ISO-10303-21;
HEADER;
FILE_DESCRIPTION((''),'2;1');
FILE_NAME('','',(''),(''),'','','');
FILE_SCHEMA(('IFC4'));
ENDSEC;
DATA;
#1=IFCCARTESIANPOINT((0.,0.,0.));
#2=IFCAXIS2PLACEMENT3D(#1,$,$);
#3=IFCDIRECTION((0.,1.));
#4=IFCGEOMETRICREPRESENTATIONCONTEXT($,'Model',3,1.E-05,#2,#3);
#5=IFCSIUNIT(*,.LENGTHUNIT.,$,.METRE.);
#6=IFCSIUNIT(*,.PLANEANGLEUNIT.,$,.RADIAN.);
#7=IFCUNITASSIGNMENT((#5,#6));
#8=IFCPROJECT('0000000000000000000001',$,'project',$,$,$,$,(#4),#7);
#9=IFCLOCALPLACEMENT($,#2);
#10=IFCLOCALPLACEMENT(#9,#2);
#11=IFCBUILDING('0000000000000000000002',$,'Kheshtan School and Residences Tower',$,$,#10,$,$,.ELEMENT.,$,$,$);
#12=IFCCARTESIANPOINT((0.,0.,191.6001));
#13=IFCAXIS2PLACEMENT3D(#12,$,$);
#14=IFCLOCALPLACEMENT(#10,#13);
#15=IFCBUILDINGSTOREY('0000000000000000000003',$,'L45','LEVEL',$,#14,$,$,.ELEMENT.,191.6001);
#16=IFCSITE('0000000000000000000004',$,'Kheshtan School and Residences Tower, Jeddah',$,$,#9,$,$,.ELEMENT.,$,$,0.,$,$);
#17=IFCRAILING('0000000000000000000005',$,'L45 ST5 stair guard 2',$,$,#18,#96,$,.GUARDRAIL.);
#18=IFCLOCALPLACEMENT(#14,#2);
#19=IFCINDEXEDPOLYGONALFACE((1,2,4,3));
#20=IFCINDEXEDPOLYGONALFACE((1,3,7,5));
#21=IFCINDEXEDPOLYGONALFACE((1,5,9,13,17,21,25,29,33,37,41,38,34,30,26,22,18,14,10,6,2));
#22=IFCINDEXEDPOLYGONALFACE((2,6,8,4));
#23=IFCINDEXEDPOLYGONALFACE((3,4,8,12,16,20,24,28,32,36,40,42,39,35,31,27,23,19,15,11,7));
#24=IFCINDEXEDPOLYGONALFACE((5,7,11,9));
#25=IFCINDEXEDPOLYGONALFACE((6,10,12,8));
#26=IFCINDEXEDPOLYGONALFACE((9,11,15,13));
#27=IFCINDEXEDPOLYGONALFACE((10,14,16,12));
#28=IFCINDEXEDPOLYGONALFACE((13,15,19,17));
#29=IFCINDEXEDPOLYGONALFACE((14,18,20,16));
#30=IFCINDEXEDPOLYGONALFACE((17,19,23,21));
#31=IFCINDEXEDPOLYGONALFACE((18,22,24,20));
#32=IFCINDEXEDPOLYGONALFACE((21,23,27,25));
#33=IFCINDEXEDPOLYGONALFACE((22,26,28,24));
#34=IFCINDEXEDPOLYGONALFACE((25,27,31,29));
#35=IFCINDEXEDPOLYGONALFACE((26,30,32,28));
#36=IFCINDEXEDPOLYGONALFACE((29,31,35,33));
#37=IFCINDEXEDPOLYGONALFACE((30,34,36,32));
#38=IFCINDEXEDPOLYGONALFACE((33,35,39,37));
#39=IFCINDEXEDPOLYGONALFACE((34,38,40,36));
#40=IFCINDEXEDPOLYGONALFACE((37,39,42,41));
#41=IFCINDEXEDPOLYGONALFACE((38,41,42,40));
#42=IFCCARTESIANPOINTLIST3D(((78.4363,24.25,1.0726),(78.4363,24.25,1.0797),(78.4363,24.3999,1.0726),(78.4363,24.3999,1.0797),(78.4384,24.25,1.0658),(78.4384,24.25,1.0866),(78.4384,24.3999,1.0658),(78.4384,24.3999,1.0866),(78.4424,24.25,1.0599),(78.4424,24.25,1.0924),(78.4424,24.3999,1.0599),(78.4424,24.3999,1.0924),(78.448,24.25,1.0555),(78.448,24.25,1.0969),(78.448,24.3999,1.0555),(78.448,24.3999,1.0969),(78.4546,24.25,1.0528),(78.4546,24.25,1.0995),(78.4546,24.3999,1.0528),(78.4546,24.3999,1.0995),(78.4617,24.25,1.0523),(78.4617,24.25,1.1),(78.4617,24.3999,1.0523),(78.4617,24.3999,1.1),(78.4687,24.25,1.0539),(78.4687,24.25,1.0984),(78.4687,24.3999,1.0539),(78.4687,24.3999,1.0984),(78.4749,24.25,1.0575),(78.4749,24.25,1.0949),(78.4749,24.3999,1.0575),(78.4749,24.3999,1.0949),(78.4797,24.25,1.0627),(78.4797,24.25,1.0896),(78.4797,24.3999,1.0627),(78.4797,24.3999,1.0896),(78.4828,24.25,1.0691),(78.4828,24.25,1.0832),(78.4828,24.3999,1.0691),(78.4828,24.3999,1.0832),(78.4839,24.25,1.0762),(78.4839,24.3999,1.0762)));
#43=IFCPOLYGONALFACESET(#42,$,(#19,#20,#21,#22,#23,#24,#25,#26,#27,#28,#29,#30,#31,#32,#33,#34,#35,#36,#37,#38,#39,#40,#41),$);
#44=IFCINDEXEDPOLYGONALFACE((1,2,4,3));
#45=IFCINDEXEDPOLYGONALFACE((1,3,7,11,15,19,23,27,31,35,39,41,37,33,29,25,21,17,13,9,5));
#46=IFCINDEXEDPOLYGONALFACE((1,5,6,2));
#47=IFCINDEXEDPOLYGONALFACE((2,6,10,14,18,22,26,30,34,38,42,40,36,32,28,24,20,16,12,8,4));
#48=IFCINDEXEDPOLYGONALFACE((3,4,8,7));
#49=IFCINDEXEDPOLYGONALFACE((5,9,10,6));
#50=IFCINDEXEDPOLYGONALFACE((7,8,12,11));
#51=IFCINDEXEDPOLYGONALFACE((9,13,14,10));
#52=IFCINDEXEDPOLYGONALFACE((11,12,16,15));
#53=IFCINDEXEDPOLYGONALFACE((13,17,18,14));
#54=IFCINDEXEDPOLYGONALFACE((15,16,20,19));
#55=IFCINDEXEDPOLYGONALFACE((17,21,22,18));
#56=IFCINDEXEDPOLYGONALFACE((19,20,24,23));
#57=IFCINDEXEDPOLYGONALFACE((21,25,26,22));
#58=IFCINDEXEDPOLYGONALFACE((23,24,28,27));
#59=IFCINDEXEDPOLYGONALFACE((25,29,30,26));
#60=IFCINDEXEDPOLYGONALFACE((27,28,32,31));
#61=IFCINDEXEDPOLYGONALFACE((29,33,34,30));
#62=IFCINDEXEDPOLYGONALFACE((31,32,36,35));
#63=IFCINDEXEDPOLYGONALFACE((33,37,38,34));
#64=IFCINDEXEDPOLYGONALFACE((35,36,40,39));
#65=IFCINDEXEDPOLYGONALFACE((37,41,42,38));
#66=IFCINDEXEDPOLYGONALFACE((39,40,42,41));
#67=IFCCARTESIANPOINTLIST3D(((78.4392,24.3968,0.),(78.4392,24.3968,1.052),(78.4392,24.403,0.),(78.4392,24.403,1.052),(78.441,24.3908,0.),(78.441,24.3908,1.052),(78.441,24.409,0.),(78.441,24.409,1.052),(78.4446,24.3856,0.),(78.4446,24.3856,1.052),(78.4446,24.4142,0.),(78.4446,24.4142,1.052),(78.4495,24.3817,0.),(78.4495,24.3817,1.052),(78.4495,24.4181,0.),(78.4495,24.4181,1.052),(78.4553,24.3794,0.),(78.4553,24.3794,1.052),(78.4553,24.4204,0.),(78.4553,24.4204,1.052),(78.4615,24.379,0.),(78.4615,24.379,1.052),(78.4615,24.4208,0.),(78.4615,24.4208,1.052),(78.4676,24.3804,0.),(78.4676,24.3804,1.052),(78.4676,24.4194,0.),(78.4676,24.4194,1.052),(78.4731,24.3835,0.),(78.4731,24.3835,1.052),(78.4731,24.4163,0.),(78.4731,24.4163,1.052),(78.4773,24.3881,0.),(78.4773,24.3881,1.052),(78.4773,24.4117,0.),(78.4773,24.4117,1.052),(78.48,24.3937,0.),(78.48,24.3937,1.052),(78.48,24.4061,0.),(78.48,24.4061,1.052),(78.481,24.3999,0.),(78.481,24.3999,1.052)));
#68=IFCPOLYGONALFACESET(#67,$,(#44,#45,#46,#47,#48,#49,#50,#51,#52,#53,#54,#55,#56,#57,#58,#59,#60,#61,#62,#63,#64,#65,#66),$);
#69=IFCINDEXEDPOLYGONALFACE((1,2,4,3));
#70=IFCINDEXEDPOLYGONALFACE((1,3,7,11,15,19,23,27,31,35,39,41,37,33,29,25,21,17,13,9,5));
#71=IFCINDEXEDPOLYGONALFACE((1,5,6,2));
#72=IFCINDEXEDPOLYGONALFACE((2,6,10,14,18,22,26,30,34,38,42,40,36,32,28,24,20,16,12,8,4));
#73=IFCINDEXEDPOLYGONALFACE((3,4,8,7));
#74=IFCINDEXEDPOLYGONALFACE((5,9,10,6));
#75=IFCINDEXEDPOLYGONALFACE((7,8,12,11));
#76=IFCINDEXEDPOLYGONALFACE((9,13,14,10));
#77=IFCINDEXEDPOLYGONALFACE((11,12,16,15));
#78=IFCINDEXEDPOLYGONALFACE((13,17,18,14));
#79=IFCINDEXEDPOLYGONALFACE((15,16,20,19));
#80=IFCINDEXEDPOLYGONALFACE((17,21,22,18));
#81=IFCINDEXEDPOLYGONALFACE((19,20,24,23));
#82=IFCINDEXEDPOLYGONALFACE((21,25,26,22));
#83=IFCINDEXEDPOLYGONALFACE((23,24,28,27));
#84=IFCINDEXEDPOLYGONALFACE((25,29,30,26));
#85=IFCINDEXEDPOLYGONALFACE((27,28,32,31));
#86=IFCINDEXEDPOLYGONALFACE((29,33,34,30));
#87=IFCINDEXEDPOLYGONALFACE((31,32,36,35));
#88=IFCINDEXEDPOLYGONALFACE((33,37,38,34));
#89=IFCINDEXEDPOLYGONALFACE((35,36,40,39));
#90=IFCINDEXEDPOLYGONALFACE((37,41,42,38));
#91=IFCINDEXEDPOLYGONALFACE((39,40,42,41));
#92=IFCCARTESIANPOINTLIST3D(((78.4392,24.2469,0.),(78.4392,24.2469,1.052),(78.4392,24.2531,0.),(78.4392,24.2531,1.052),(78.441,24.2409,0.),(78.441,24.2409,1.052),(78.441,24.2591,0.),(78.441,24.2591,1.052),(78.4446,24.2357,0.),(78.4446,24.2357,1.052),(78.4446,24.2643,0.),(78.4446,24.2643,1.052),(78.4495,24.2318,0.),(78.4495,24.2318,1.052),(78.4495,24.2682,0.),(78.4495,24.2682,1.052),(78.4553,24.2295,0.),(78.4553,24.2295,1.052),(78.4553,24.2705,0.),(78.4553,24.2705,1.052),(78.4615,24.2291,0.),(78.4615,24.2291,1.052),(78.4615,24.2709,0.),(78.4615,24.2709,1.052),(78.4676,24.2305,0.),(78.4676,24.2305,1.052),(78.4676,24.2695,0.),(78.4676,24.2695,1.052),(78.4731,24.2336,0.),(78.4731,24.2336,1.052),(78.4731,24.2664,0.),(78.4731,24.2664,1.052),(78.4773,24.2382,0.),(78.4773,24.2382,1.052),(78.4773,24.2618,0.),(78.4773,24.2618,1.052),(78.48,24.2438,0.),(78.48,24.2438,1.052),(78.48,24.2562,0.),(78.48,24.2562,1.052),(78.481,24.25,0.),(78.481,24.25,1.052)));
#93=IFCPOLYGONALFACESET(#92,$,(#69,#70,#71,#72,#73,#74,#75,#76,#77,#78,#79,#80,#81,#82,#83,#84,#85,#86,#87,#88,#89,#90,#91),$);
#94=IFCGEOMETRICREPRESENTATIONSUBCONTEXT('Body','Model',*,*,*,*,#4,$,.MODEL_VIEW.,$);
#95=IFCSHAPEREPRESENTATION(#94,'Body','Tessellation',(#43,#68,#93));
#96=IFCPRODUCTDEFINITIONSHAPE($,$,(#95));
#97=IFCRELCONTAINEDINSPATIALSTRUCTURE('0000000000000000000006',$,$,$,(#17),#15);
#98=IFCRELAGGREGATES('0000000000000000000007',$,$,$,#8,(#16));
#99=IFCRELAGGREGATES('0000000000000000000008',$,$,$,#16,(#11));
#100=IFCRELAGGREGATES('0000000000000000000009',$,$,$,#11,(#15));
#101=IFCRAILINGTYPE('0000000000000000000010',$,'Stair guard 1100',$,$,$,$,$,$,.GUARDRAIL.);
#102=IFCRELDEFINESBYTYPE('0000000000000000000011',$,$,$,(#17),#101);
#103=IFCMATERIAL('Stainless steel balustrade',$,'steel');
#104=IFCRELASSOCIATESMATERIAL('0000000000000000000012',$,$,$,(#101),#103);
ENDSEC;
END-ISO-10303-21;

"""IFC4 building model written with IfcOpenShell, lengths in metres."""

from ifc_helpers import new_model, si_unit, direction, frame, origin, origin_2d, place, context, subcontext, project, spatial, circle, extrude, material, type_object, element, save


model = new_model("IFC4")

# Units and contexts
model_context = context("Model", 3, precision=1e-05, world=origin(), true_north=direction((0.0, 1.0)))
body_context = subcontext(model_context, "Body", "Model", "MODEL_VIEW")
ifc_project = project(units=[si_unit("LENGTHUNIT", "METRE"), si_unit("PLANEANGLEUNIT", "RADIAN")], contexts=[model_context])

# Site, building, storey
site_placement = place(None, origin())
site = spatial("IfcSite", under=ifc_project, at=site_placement, Name="Kheshtan School and Residences Tower, Jeddah", CompositionType="ELEMENT", RefElevation=0.0)
building_placement = place(site_placement, origin())
building = spatial("IfcBuilding", under=site, at=building_placement, Name="Kheshtan School and Residences Tower", CompositionType="ELEMENT")
storey_placement = place(building_placement, frame((0.0, 0.0, 191.6001)))
storey = spatial("IfcBuildingStorey", under=building, at=storey_placement, Name="L45", Description="LEVEL", CompositionType="ELEMENT", Elevation=191.6001)

# Railing
ifc_material_1 = material(Name="Stainless steel balustrade", Category="steel")
railing_type_1 = type_object("IfcRailingType", Name="Stair guard 1100", PredefinedType="GUARDRAIL", material=ifc_material_1)
railing_1_placement = place(storey_placement, frame((78.46, 24.3999, 0.0)))
element("IfcRailing", 1, at=railing_1_placement, inside=storey, type_object=railing_type_1, Name="L45 ST5 stair guard 2", PredefinedType="GUARDRAIL", context=body_context, shape_type="SweptSolid", body=[
    extrude(circle(Radius=0.0239, at=origin_2d()), frame((0.0, 0.0, 1.0762), z_axis=(0.0, -1.0, 0.0), x_axis=(1.0, 0.0, 0.0)), (0.0, 0.0, 1.0), 0.1499),
    extrude(circle(Radius=0.021, at=origin_2d()), origin(), (0.0, 0.0, 1.0), 1.052),
    extrude(circle(Radius=0.021, at=origin_2d()), frame((0.0, -0.1499, 0.0)), (0.0, 0.0, 1.0), 1.052),
])

save(model, "model.ifc")
